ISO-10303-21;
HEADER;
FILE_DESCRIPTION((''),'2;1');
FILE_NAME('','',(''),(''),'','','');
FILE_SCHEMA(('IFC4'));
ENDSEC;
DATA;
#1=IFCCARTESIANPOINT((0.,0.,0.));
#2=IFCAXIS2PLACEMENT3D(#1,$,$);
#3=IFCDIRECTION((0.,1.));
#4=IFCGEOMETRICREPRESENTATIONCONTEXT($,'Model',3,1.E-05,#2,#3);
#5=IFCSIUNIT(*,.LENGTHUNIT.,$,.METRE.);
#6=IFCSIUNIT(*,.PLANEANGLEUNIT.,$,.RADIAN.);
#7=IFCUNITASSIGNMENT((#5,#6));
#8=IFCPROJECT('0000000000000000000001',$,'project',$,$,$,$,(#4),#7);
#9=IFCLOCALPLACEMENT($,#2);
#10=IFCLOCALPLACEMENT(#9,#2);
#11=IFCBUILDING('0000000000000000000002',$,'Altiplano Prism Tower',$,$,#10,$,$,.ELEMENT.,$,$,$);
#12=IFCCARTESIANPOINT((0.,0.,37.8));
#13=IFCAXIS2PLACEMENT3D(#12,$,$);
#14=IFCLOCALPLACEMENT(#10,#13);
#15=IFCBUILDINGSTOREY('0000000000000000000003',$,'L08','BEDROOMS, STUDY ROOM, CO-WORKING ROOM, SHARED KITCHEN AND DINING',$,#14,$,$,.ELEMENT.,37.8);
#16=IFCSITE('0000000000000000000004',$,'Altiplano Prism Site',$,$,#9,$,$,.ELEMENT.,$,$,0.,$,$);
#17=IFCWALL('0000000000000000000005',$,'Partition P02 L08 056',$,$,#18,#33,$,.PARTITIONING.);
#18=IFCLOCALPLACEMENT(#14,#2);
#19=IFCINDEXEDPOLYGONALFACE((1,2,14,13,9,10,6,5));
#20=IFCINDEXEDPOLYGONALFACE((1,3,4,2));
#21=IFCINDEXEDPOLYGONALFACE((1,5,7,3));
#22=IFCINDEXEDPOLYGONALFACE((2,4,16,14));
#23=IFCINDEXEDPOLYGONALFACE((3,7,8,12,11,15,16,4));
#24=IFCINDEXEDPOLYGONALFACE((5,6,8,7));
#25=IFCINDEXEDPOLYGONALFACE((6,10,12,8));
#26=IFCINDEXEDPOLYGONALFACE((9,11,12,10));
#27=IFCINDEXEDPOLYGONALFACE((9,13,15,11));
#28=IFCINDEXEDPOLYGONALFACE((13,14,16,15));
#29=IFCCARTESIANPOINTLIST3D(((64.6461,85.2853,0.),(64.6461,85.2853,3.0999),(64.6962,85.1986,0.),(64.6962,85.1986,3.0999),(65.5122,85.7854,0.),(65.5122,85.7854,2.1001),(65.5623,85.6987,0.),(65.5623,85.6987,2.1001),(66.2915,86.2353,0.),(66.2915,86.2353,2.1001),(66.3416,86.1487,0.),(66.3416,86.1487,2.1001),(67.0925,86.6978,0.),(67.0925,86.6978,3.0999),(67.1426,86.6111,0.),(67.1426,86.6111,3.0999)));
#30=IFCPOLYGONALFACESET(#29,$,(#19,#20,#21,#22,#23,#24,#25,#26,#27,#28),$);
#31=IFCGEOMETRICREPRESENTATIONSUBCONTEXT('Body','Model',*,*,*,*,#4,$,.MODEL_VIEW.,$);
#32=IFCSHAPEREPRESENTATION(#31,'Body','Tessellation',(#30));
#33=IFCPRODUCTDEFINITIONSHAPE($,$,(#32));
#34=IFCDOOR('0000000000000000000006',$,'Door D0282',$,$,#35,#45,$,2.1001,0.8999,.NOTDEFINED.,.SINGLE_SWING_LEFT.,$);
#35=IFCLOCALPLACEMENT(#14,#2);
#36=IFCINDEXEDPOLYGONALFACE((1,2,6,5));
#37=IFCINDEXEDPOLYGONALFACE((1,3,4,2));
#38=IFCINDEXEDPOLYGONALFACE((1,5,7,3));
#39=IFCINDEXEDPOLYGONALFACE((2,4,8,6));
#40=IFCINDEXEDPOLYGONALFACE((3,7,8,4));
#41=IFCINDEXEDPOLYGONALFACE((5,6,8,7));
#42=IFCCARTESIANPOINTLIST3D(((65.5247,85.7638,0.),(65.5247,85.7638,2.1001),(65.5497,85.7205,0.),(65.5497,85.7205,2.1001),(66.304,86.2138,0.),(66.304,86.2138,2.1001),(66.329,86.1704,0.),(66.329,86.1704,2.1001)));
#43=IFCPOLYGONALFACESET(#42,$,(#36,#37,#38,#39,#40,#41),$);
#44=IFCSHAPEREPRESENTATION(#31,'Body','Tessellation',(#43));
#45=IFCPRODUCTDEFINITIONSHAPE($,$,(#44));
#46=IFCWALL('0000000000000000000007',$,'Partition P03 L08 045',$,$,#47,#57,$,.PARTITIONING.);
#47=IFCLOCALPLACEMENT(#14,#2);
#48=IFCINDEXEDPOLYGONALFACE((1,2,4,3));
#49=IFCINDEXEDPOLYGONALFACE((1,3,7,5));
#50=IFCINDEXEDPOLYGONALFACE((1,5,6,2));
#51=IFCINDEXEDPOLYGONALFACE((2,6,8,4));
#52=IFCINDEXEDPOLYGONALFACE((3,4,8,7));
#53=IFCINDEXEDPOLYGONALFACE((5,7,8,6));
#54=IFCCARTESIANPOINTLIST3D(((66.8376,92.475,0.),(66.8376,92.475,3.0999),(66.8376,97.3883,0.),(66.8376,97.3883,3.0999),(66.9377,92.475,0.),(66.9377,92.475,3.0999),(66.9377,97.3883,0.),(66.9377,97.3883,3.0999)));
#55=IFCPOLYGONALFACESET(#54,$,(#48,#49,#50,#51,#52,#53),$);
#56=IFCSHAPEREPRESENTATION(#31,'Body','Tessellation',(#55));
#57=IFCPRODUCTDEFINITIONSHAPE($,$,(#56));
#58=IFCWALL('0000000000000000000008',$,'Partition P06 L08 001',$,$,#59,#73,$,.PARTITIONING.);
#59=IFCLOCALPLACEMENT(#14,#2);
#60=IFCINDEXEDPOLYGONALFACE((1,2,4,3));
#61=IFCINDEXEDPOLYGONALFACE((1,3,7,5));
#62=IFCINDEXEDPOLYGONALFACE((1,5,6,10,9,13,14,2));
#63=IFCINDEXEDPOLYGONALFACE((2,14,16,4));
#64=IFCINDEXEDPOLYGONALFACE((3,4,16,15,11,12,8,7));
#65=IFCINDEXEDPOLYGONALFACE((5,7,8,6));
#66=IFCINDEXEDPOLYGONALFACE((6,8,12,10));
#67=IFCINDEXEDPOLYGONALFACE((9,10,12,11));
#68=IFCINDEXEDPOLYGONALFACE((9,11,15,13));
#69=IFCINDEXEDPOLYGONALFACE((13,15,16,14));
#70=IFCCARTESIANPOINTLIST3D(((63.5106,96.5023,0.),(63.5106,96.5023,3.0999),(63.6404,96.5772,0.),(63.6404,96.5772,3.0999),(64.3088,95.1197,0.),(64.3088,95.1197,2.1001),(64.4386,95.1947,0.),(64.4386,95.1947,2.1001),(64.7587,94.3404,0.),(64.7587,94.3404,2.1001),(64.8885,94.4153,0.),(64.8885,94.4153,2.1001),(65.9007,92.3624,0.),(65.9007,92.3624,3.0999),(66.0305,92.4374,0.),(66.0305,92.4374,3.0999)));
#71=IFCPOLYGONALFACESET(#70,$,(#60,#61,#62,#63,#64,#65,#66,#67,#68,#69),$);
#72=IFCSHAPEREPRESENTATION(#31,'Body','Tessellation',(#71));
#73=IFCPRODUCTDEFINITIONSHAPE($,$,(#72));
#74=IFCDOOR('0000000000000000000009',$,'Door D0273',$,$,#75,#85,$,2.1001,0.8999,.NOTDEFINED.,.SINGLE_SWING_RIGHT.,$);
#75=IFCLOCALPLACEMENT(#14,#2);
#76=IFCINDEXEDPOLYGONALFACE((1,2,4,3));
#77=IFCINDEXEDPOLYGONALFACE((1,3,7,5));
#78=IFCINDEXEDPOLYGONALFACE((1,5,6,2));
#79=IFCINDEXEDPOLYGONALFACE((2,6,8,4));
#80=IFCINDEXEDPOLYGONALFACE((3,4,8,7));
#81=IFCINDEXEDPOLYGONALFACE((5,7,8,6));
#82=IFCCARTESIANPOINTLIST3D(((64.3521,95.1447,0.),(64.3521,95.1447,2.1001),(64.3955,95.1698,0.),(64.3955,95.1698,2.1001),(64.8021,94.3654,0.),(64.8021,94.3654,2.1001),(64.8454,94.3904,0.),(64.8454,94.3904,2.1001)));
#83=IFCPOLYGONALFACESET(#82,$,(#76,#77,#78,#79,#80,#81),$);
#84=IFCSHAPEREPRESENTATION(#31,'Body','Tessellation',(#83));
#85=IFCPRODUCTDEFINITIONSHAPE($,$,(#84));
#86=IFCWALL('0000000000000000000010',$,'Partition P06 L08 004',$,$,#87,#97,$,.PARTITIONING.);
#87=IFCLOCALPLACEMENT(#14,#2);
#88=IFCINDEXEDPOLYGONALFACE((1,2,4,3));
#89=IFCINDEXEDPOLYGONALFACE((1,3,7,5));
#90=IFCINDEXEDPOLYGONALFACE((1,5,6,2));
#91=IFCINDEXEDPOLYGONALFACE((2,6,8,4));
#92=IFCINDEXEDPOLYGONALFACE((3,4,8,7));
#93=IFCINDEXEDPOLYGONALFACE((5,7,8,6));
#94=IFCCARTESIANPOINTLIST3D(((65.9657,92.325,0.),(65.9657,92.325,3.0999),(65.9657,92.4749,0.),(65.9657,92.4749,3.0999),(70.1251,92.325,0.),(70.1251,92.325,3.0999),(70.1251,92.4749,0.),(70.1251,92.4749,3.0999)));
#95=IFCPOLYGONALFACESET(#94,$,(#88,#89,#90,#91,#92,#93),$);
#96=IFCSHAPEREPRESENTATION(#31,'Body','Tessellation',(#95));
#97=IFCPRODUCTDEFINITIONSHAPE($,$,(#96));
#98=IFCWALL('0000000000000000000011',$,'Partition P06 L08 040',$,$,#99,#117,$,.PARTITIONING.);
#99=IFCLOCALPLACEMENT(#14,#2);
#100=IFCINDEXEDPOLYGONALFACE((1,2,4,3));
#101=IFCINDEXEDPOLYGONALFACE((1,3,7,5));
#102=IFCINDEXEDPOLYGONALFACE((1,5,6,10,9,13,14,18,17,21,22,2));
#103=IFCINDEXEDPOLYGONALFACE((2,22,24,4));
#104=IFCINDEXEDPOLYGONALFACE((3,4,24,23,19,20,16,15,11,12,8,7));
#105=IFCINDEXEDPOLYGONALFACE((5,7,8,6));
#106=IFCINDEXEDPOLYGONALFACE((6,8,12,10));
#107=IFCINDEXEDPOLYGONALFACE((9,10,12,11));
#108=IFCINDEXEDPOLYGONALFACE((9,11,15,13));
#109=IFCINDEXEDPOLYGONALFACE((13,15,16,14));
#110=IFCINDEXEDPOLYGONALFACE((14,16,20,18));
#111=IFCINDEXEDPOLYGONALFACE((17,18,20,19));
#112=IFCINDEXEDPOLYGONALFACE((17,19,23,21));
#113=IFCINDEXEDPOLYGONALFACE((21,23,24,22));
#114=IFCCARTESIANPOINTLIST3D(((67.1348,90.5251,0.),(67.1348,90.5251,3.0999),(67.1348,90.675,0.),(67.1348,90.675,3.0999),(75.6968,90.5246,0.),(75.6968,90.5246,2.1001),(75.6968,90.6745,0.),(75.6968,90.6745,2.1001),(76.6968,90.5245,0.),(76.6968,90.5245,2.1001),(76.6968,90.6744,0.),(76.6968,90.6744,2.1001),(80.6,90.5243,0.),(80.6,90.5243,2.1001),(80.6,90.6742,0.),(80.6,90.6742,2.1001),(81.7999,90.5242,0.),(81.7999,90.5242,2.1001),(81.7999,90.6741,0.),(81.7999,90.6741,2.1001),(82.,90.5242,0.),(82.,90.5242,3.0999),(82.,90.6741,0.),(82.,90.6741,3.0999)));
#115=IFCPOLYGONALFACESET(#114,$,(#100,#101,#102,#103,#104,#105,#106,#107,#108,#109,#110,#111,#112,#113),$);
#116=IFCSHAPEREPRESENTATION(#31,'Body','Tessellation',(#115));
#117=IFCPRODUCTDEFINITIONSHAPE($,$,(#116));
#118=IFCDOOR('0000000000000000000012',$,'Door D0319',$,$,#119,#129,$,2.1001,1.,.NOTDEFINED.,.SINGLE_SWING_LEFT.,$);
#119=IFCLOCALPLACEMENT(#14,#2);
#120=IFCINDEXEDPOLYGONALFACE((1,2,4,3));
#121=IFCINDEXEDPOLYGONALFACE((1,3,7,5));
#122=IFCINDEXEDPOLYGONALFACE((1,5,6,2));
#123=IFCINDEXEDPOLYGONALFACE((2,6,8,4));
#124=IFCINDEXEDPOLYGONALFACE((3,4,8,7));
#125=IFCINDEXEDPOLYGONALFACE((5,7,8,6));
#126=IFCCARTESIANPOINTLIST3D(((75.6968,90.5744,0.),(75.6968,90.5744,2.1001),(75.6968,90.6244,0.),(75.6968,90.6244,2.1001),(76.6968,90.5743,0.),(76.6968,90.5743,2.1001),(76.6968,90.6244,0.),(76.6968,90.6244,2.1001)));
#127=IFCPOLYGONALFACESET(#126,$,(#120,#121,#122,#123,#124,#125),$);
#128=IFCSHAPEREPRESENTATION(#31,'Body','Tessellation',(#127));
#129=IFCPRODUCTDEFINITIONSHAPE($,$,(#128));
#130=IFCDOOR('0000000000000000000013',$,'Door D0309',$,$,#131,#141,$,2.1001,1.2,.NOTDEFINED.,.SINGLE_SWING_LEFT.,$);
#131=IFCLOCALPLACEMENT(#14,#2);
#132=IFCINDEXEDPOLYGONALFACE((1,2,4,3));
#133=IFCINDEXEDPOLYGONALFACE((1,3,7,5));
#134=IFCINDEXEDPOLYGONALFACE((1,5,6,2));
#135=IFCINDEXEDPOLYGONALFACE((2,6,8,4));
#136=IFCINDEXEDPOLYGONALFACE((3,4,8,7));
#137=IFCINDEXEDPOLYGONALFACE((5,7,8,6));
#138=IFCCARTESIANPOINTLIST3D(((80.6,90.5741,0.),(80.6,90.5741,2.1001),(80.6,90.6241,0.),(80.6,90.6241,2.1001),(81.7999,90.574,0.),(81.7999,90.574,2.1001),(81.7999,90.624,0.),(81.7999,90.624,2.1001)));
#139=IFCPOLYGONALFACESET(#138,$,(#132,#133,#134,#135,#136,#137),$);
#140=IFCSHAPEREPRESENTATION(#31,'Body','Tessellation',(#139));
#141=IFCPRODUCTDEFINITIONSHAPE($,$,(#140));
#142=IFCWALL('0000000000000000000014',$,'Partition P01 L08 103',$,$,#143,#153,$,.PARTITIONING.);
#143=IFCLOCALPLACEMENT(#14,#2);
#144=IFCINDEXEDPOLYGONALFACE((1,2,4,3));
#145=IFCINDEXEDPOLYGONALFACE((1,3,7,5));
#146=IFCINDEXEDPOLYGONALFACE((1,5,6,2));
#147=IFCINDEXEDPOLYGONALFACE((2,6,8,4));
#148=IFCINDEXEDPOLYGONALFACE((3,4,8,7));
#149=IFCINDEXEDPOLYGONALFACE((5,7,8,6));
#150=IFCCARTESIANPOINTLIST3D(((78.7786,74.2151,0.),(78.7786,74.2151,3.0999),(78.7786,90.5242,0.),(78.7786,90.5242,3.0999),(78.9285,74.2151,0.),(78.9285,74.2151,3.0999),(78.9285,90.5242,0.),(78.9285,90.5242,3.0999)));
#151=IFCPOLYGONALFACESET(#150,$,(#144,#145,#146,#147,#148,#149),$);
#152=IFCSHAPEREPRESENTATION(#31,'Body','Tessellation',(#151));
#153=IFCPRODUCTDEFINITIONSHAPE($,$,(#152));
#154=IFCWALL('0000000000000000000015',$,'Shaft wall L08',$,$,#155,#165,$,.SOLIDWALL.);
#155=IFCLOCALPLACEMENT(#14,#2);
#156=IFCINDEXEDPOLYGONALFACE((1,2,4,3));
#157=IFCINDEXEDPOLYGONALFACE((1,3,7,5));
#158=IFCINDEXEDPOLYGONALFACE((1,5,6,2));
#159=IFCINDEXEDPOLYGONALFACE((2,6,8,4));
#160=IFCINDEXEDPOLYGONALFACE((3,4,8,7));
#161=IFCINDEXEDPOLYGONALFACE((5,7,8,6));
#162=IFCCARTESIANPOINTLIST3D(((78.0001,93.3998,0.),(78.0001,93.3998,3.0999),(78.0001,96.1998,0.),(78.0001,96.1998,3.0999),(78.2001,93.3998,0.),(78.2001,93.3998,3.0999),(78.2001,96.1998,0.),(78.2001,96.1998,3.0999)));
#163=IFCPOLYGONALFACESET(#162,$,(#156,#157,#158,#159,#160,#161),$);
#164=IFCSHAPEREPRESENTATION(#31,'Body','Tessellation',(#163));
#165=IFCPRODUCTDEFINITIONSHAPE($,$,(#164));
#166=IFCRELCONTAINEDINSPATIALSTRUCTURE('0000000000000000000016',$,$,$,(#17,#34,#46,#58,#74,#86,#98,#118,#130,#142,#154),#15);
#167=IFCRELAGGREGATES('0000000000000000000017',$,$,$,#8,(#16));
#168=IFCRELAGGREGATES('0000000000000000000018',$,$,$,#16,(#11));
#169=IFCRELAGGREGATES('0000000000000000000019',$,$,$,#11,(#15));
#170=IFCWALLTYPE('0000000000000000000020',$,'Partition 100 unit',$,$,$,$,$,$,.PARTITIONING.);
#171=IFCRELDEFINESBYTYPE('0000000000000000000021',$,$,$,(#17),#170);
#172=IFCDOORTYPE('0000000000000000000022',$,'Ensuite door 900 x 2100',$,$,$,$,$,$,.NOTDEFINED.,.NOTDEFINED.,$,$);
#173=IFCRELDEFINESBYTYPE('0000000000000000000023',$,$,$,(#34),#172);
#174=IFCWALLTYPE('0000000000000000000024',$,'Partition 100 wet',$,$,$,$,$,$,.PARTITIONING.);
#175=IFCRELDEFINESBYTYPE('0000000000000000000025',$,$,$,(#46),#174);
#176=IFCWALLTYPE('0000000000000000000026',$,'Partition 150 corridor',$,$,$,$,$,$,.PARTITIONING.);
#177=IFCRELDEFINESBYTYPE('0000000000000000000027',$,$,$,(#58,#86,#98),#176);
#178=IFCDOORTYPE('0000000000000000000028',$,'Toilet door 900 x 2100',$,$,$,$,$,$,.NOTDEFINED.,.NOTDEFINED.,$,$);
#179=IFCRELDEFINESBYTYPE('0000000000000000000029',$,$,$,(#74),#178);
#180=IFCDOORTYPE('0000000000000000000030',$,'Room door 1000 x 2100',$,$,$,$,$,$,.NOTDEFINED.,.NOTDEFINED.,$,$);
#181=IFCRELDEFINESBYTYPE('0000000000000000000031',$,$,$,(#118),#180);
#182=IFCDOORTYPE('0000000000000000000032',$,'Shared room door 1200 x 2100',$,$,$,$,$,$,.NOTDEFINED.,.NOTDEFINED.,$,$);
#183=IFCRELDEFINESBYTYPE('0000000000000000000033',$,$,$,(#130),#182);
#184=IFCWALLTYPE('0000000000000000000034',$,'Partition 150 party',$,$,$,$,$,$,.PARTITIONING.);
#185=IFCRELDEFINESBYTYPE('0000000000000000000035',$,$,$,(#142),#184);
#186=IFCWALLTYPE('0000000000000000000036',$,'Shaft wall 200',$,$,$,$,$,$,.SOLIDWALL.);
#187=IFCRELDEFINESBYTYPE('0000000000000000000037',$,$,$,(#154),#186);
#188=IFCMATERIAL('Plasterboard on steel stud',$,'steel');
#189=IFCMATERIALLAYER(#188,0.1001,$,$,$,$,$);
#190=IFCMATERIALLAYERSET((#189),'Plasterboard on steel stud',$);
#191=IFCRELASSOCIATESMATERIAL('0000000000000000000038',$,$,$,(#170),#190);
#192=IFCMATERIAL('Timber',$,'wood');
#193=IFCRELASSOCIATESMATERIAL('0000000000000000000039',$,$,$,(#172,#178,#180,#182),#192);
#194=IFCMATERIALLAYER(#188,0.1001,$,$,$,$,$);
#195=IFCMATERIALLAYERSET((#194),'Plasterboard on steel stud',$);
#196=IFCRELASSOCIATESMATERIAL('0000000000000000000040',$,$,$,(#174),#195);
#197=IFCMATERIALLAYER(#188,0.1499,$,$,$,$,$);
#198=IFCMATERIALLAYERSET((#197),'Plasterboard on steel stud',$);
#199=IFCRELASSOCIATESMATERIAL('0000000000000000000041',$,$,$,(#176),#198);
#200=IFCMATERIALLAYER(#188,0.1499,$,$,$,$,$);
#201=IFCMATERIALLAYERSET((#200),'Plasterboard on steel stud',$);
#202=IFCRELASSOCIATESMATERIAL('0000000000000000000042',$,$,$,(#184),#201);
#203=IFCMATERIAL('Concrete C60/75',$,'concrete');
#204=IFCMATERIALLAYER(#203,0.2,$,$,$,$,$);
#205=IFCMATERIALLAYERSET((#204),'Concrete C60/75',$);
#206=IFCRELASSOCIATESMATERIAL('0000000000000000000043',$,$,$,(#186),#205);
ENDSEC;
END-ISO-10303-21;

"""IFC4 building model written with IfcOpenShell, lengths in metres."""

from ifc_helpers import new_model, si_unit, direction, frame, frame_2d, origin, place, context, subcontext, project, spatial, rectangle, extrude, material, layer, layer_set, type_object, element, fill, save


model = new_model("IFC4")

# Units and contexts
model_context = context("Model", 3, precision=1e-05, world=origin(), true_north=direction((0.0, 1.0)))
body_context = subcontext(model_context, "Body", "Model", "MODEL_VIEW")
ifc_project = project(units=[si_unit("LENGTHUNIT", "METRE"), si_unit("PLANEANGLEUNIT", "RADIAN")], contexts=[model_context])

# Site, building, storey
site_placement = place(None, origin())
site = spatial("IfcSite", under=ifc_project, at=site_placement, Name="Altiplano Prism Site", CompositionType="ELEMENT", RefElevation=0.0)
building_placement = place(site_placement, origin())
building = spatial("IfcBuilding", under=site, at=building_placement, Name="Altiplano Prism Tower", CompositionType="ELEMENT")
storey_placement = place(building_placement, frame((0.0, 0.0, 37.8)))
storey = spatial("IfcBuildingStorey", under=building, at=storey_placement, Name="L08", Description="BEDROOMS, STUDY ROOM, CO-WORKING ROOM, SHARED KITCHEN AND DINING", CompositionType="ELEMENT", Elevation=37.8)

# Shared definitions
ifc_material_1 = material(Name="Concrete C60/75", Category="concrete")

# Wall, opening, door
ifc_material_2 = material(Name="Plasterboard on steel stud", Category="steel")
ifc_layer_1 = layer(ifc_material_2, 0.1001)
ifc_layer_set_1 = layer_set([ifc_layer_1], Name="Plasterboard on steel stud")
wall_type_1 = type_object("IfcWallType", Name="Partition 100 unit", PredefinedType="PARTITIONING", material=ifc_layer_set_1)
wall_1_placement = place(storey_placement, frame((67.1177, 86.6545, 0.0), z_axis=(0.0, 0.0, 1.0), x_axis=(-0.866011, -0.500024, 0.0)))
wall_1 = element("IfcWall", 1, at=wall_1_placement, inside=storey, type_object=wall_type_1, Name="Partition P02 L08 056", PredefinedType="PARTITIONING", context=body_context, shape_type="SweptSolid", body=[
    extrude(rectangle(XDim=2.825, YDim=0.1001, at=frame_2d((1.4126, 0.0))), origin(), (0.0, 0.0, 1.0), 3.0999),
])
opening_1_placement = place(wall_1_placement, frame((0.925, 0.0, 0.0)))
opening_1 = element("IfcOpeningElement", 2, at=opening_1_placement, cuts=wall_1, PredefinedType="OPENING", context=body_context, shape_type="SweptSolid", body=[
    extrude(rectangle(XDim=0.8999, YDim=2.1001, at=frame_2d((0.45, 1.05))), frame((0.0, 0.0605, 0.0), z_axis=(0.0, -1.0, 0.0), x_axis=(1.0, 0.0, 0.0)), (0.0, 0.0, 1.0), 0.1211),
])
ifc_material_3 = material(Name="Timber", Category="wood")
door_type_1 = type_object("IfcDoorType", Name="Ensuite door 900 x 2100", OperationType="NOTDEFINED", PredefinedType="NOTDEFINED", material=ifc_material_3)
door_1_placement = place(opening_1_placement, origin())
door_1 = element("IfcDoor", 3, at=door_1_placement, inside=storey, type_object=door_type_1, Name="Door D0282", OperationType="SINGLE_SWING_LEFT", OverallHeight=2.1001, OverallWidth=0.8999, PredefinedType="NOTDEFINED", context=body_context, shape_type="SweptSolid", body=[
    extrude(rectangle(XDim=0.8999, YDim=2.1001, at=frame_2d((0.45, 1.05))), frame((0.0, 0.0249, 0.0), z_axis=(0.0, -1.0, 0.0), x_axis=(1.0, 0.0, 0.0)), (0.0, 0.0, 1.0), 0.05),
])
fill(opening_1, door_1)

# Wall
ifc_layer_2 = layer(ifc_material_2, 0.1001)
ifc_layer_set_2 = layer_set([ifc_layer_2], Name="Plasterboard on steel stud")
wall_type_2 = type_object("IfcWallType", Name="Partition 100 wet", PredefinedType="PARTITIONING", material=ifc_layer_set_2)
wall_2_placement = place(storey_placement, frame((66.8877, 92.4751, 0.0), z_axis=(0.0, 0.0, 1.0), x_axis=(0.0, 1.0, 0.0)))
element("IfcWall", 4, at=wall_2_placement, inside=storey, type_object=wall_type_2, Name="Partition P03 L08 045", PredefinedType="PARTITIONING", context=body_context, shape_type="SweptSolid", body=[
    extrude(rectangle(XDim=4.9133, YDim=0.1001, at=frame_2d((2.4565, 0.0))), origin(), (0.0, 0.0, 1.0), 3.0999),
])

# Wall, opening, door
ifc_layer_3 = layer(ifc_material_2, 0.1499)
ifc_layer_set_3 = layer_set([ifc_layer_3], Name="Plasterboard on steel stud")
wall_type_3 = type_object("IfcWallType", Name="Partition 150 corridor", PredefinedType="PARTITIONING", material=ifc_layer_set_3)
wall_3_placement = place(storey_placement, frame((65.9656, 92.3999, 0.0), z_axis=(0.0, 0.0, 1.0), x_axis=(-0.499995, 0.866028, 0.0)))
wall_3 = element("IfcWall", 5, at=wall_3_placement, inside=storey, type_object=wall_type_3, Name="Partition P06 L08 001", PredefinedType="PARTITIONING", context=body_context, shape_type="SweptSolid", body=[
    extrude(rectangle(XDim=4.7803, YDim=0.1499, at=frame_2d((2.3901, 0.0))), origin(), (0.0, 0.0, 1.0), 3.0999),
])
opening_2_placement = place(wall_3_placement, frame((2.2839, 0.0, 0.0)))
opening_2 = element("IfcOpeningElement", 6, at=opening_2_placement, cuts=wall_3, PredefinedType="OPENING", context=body_context, shape_type="SweptSolid", body=[
    extrude(rectangle(XDim=0.8999, YDim=2.1001, at=frame_2d((0.45, 1.05))), frame((0.0, 0.0854, 0.0), z_axis=(0.0, -1.0, 0.0), x_axis=(1.0, 0.0, 0.0)), (0.0, 0.0, 1.0), 0.1709),
])
door_type_2 = type_object("IfcDoorType", Name="Toilet door 900 x 2100", OperationType="NOTDEFINED", PredefinedType="NOTDEFINED", material=ifc_material_3)
door_2_placement = place(opening_2_placement, origin())
door_2 = element("IfcDoor", 7, at=door_2_placement, inside=storey, type_object=door_type_2, Name="Door D0273", OperationType="SINGLE_SWING_RIGHT", OverallHeight=2.1001, OverallWidth=0.8999, PredefinedType="NOTDEFINED", context=body_context, shape_type="SweptSolid", body=[
    extrude(rectangle(XDim=0.8999, YDim=2.1001, at=frame_2d((0.45, 1.05))), frame((0.0, 0.0249, 0.0), z_axis=(0.0, -1.0, 0.0), x_axis=(1.0, 0.0, 0.0)), (0.0, 0.0, 1.0), 0.05),
])
fill(opening_2, door_2)

# Wall
wall_4_placement = place(storey_placement, frame((70.125, 92.3999, 0.0), z_axis=(0.0, 0.0, 1.0), x_axis=(-1.0, 0.0, 0.0)))
element("IfcWall", 8, at=wall_4_placement, inside=storey, type_object=wall_type_3, Name="Partition P06 L08 004", PredefinedType="PARTITIONING", context=body_context, shape_type="SweptSolid", body=[
    extrude(rectangle(XDim=4.1594, YDim=0.1499, at=frame_2d((2.0796, 0.0))), origin(), (0.0, 0.0, 1.0), 3.0999),
])

# Wall, openings, doors
wall_5_placement = place(storey_placement, frame((67.1348, 90.6001, 0.0), z_axis=(0.0, 0.0, 1.0), x_axis=(1.0, -0.000066, 0.0)))
wall_5 = element("IfcWall", 9, at=wall_5_placement, inside=storey, type_object=wall_type_3, Name="Partition P06 L08 040", PredefinedType="PARTITIONING", context=body_context, shape_type="SweptSolid", body=[
    extrude(rectangle(XDim=14.8652, YDim=0.1499, at=frame_2d((7.4326, 0.0))), origin(), (0.0, 0.0, 1.0), 3.0999),
])
opening_3_placement = place(wall_5_placement, frame((13.4651, 0.0, 0.0)))
opening_3 = element("IfcOpeningElement", 10, at=opening_3_placement, cuts=wall_5, PredefinedType="OPENING", context=body_context, shape_type="SweptSolid", body=[
    extrude(rectangle(XDim=1.2, YDim=2.1001, at=frame_2d((0.6001, 1.05))), frame((0.0, 0.0854, 0.0), z_axis=(0.0, -1.0, 0.0), x_axis=(1.0, 0.0, 0.0)), (0.0, 0.0, 1.0), 0.1709),
])
opening_4_placement = place(wall_5_placement, frame((8.562, 0.0, 0.0)))
opening_4 = element("IfcOpeningElement", 11, at=opening_4_placement, cuts=wall_5, PredefinedType="OPENING", context=body_context, shape_type="SweptSolid", body=[
    extrude(rectangle(XDim=1.0, YDim=2.1001, at=frame_2d((0.5, 1.05))), frame((0.0, 0.0854, 0.0), z_axis=(0.0, -1.0, 0.0), x_axis=(1.0, 0.0, 0.0)), (0.0, 0.0, 1.0), 0.1709),
])
door_type_3 = type_object("IfcDoorType", Name="Room door 1000 x 2100", OperationType="NOTDEFINED", PredefinedType="NOTDEFINED", material=ifc_material_3)
door_3_placement = place(opening_4_placement, origin())
door_3 = element("IfcDoor", 12, at=door_3_placement, inside=storey, type_object=door_type_3, Name="Door D0319", OperationType="SINGLE_SWING_LEFT", OverallHeight=2.1001, OverallWidth=1.0, PredefinedType="NOTDEFINED", context=body_context, shape_type="SweptSolid", body=[
    extrude(rectangle(XDim=1.0, YDim=2.1001, at=frame_2d((0.5, 1.05))), frame((0.0, 0.0249, 0.0), z_axis=(0.0, -1.0, 0.0), x_axis=(1.0, 0.0, 0.0)), (0.0, 0.0, 1.0), 0.05),
])
fill(opening_4, door_3)
door_type_4 = type_object("IfcDoorType", Name="Shared room door 1200 x 2100", OperationType="NOTDEFINED", PredefinedType="NOTDEFINED", material=ifc_material_3)
door_4_placement = place(opening_3_placement, origin())
door_4 = element("IfcDoor", 13, at=door_4_placement, inside=storey, type_object=door_type_4, Name="Door D0309", OperationType="SINGLE_SWING_LEFT", OverallHeight=2.1001, OverallWidth=1.2, PredefinedType="NOTDEFINED", context=body_context, shape_type="SweptSolid", body=[
    extrude(rectangle(XDim=1.2, YDim=2.1001, at=frame_2d((0.6001, 1.05))), frame((0.0, 0.0249, 0.0), z_axis=(0.0, -1.0, 0.0), x_axis=(1.0, 0.0, 0.0)), (0.0, 0.0, 1.0), 0.05),
])
fill(opening_3, door_4)

# Walls
ifc_layer_4 = layer(ifc_material_2, 0.1499)
ifc_layer_set_4 = layer_set([ifc_layer_4], Name="Plasterboard on steel stud")
wall_type_4 = type_object("IfcWallType", Name="Partition 150 party", PredefinedType="PARTITIONING", material=ifc_layer_set_4)
wall_6_placement = place(storey_placement, frame((78.8535, 90.5242, 0.0), z_axis=(0.0, 0.0, 1.0), x_axis=(0.0, -1.0, 0.0)))
element("IfcWall", 14, at=wall_6_placement, inside=storey, type_object=wall_type_4, Name="Partition P01 L08 103", PredefinedType="PARTITIONING", context=body_context, shape_type="SweptSolid", body=[
    extrude(rectangle(XDim=16.3091, YDim=0.1499, at=frame_2d((8.1545, 0.0))), origin(), (0.0, 0.0, 1.0), 3.0999),
])
ifc_layer_5 = layer(ifc_material_1, 0.2)
ifc_layer_set_5 = layer_set([ifc_layer_5], Name="Concrete C60/75")
wall_type_5 = type_object("IfcWallType", Name="Shaft wall 200", PredefinedType="SOLIDWALL", material=ifc_layer_set_5)
wall_7_placement = place(storey_placement, frame((78.1001, 93.3999, 0.0), z_axis=(0.0, 0.0, 1.0), x_axis=(0.0, 1.0, 0.0)))
element("IfcWall", 15, at=wall_7_placement, inside=storey, type_object=wall_type_5, Name="Shaft wall L08", PredefinedType="SOLIDWALL", context=body_context, shape_type="SweptSolid", body=[
    extrude(rectangle(XDim=2.8, YDim=0.2, at=frame_2d((1.3999, 0.0))), origin(), (0.0, 0.0, 1.0), 3.0999),
])

save(model, "model.ifc")
